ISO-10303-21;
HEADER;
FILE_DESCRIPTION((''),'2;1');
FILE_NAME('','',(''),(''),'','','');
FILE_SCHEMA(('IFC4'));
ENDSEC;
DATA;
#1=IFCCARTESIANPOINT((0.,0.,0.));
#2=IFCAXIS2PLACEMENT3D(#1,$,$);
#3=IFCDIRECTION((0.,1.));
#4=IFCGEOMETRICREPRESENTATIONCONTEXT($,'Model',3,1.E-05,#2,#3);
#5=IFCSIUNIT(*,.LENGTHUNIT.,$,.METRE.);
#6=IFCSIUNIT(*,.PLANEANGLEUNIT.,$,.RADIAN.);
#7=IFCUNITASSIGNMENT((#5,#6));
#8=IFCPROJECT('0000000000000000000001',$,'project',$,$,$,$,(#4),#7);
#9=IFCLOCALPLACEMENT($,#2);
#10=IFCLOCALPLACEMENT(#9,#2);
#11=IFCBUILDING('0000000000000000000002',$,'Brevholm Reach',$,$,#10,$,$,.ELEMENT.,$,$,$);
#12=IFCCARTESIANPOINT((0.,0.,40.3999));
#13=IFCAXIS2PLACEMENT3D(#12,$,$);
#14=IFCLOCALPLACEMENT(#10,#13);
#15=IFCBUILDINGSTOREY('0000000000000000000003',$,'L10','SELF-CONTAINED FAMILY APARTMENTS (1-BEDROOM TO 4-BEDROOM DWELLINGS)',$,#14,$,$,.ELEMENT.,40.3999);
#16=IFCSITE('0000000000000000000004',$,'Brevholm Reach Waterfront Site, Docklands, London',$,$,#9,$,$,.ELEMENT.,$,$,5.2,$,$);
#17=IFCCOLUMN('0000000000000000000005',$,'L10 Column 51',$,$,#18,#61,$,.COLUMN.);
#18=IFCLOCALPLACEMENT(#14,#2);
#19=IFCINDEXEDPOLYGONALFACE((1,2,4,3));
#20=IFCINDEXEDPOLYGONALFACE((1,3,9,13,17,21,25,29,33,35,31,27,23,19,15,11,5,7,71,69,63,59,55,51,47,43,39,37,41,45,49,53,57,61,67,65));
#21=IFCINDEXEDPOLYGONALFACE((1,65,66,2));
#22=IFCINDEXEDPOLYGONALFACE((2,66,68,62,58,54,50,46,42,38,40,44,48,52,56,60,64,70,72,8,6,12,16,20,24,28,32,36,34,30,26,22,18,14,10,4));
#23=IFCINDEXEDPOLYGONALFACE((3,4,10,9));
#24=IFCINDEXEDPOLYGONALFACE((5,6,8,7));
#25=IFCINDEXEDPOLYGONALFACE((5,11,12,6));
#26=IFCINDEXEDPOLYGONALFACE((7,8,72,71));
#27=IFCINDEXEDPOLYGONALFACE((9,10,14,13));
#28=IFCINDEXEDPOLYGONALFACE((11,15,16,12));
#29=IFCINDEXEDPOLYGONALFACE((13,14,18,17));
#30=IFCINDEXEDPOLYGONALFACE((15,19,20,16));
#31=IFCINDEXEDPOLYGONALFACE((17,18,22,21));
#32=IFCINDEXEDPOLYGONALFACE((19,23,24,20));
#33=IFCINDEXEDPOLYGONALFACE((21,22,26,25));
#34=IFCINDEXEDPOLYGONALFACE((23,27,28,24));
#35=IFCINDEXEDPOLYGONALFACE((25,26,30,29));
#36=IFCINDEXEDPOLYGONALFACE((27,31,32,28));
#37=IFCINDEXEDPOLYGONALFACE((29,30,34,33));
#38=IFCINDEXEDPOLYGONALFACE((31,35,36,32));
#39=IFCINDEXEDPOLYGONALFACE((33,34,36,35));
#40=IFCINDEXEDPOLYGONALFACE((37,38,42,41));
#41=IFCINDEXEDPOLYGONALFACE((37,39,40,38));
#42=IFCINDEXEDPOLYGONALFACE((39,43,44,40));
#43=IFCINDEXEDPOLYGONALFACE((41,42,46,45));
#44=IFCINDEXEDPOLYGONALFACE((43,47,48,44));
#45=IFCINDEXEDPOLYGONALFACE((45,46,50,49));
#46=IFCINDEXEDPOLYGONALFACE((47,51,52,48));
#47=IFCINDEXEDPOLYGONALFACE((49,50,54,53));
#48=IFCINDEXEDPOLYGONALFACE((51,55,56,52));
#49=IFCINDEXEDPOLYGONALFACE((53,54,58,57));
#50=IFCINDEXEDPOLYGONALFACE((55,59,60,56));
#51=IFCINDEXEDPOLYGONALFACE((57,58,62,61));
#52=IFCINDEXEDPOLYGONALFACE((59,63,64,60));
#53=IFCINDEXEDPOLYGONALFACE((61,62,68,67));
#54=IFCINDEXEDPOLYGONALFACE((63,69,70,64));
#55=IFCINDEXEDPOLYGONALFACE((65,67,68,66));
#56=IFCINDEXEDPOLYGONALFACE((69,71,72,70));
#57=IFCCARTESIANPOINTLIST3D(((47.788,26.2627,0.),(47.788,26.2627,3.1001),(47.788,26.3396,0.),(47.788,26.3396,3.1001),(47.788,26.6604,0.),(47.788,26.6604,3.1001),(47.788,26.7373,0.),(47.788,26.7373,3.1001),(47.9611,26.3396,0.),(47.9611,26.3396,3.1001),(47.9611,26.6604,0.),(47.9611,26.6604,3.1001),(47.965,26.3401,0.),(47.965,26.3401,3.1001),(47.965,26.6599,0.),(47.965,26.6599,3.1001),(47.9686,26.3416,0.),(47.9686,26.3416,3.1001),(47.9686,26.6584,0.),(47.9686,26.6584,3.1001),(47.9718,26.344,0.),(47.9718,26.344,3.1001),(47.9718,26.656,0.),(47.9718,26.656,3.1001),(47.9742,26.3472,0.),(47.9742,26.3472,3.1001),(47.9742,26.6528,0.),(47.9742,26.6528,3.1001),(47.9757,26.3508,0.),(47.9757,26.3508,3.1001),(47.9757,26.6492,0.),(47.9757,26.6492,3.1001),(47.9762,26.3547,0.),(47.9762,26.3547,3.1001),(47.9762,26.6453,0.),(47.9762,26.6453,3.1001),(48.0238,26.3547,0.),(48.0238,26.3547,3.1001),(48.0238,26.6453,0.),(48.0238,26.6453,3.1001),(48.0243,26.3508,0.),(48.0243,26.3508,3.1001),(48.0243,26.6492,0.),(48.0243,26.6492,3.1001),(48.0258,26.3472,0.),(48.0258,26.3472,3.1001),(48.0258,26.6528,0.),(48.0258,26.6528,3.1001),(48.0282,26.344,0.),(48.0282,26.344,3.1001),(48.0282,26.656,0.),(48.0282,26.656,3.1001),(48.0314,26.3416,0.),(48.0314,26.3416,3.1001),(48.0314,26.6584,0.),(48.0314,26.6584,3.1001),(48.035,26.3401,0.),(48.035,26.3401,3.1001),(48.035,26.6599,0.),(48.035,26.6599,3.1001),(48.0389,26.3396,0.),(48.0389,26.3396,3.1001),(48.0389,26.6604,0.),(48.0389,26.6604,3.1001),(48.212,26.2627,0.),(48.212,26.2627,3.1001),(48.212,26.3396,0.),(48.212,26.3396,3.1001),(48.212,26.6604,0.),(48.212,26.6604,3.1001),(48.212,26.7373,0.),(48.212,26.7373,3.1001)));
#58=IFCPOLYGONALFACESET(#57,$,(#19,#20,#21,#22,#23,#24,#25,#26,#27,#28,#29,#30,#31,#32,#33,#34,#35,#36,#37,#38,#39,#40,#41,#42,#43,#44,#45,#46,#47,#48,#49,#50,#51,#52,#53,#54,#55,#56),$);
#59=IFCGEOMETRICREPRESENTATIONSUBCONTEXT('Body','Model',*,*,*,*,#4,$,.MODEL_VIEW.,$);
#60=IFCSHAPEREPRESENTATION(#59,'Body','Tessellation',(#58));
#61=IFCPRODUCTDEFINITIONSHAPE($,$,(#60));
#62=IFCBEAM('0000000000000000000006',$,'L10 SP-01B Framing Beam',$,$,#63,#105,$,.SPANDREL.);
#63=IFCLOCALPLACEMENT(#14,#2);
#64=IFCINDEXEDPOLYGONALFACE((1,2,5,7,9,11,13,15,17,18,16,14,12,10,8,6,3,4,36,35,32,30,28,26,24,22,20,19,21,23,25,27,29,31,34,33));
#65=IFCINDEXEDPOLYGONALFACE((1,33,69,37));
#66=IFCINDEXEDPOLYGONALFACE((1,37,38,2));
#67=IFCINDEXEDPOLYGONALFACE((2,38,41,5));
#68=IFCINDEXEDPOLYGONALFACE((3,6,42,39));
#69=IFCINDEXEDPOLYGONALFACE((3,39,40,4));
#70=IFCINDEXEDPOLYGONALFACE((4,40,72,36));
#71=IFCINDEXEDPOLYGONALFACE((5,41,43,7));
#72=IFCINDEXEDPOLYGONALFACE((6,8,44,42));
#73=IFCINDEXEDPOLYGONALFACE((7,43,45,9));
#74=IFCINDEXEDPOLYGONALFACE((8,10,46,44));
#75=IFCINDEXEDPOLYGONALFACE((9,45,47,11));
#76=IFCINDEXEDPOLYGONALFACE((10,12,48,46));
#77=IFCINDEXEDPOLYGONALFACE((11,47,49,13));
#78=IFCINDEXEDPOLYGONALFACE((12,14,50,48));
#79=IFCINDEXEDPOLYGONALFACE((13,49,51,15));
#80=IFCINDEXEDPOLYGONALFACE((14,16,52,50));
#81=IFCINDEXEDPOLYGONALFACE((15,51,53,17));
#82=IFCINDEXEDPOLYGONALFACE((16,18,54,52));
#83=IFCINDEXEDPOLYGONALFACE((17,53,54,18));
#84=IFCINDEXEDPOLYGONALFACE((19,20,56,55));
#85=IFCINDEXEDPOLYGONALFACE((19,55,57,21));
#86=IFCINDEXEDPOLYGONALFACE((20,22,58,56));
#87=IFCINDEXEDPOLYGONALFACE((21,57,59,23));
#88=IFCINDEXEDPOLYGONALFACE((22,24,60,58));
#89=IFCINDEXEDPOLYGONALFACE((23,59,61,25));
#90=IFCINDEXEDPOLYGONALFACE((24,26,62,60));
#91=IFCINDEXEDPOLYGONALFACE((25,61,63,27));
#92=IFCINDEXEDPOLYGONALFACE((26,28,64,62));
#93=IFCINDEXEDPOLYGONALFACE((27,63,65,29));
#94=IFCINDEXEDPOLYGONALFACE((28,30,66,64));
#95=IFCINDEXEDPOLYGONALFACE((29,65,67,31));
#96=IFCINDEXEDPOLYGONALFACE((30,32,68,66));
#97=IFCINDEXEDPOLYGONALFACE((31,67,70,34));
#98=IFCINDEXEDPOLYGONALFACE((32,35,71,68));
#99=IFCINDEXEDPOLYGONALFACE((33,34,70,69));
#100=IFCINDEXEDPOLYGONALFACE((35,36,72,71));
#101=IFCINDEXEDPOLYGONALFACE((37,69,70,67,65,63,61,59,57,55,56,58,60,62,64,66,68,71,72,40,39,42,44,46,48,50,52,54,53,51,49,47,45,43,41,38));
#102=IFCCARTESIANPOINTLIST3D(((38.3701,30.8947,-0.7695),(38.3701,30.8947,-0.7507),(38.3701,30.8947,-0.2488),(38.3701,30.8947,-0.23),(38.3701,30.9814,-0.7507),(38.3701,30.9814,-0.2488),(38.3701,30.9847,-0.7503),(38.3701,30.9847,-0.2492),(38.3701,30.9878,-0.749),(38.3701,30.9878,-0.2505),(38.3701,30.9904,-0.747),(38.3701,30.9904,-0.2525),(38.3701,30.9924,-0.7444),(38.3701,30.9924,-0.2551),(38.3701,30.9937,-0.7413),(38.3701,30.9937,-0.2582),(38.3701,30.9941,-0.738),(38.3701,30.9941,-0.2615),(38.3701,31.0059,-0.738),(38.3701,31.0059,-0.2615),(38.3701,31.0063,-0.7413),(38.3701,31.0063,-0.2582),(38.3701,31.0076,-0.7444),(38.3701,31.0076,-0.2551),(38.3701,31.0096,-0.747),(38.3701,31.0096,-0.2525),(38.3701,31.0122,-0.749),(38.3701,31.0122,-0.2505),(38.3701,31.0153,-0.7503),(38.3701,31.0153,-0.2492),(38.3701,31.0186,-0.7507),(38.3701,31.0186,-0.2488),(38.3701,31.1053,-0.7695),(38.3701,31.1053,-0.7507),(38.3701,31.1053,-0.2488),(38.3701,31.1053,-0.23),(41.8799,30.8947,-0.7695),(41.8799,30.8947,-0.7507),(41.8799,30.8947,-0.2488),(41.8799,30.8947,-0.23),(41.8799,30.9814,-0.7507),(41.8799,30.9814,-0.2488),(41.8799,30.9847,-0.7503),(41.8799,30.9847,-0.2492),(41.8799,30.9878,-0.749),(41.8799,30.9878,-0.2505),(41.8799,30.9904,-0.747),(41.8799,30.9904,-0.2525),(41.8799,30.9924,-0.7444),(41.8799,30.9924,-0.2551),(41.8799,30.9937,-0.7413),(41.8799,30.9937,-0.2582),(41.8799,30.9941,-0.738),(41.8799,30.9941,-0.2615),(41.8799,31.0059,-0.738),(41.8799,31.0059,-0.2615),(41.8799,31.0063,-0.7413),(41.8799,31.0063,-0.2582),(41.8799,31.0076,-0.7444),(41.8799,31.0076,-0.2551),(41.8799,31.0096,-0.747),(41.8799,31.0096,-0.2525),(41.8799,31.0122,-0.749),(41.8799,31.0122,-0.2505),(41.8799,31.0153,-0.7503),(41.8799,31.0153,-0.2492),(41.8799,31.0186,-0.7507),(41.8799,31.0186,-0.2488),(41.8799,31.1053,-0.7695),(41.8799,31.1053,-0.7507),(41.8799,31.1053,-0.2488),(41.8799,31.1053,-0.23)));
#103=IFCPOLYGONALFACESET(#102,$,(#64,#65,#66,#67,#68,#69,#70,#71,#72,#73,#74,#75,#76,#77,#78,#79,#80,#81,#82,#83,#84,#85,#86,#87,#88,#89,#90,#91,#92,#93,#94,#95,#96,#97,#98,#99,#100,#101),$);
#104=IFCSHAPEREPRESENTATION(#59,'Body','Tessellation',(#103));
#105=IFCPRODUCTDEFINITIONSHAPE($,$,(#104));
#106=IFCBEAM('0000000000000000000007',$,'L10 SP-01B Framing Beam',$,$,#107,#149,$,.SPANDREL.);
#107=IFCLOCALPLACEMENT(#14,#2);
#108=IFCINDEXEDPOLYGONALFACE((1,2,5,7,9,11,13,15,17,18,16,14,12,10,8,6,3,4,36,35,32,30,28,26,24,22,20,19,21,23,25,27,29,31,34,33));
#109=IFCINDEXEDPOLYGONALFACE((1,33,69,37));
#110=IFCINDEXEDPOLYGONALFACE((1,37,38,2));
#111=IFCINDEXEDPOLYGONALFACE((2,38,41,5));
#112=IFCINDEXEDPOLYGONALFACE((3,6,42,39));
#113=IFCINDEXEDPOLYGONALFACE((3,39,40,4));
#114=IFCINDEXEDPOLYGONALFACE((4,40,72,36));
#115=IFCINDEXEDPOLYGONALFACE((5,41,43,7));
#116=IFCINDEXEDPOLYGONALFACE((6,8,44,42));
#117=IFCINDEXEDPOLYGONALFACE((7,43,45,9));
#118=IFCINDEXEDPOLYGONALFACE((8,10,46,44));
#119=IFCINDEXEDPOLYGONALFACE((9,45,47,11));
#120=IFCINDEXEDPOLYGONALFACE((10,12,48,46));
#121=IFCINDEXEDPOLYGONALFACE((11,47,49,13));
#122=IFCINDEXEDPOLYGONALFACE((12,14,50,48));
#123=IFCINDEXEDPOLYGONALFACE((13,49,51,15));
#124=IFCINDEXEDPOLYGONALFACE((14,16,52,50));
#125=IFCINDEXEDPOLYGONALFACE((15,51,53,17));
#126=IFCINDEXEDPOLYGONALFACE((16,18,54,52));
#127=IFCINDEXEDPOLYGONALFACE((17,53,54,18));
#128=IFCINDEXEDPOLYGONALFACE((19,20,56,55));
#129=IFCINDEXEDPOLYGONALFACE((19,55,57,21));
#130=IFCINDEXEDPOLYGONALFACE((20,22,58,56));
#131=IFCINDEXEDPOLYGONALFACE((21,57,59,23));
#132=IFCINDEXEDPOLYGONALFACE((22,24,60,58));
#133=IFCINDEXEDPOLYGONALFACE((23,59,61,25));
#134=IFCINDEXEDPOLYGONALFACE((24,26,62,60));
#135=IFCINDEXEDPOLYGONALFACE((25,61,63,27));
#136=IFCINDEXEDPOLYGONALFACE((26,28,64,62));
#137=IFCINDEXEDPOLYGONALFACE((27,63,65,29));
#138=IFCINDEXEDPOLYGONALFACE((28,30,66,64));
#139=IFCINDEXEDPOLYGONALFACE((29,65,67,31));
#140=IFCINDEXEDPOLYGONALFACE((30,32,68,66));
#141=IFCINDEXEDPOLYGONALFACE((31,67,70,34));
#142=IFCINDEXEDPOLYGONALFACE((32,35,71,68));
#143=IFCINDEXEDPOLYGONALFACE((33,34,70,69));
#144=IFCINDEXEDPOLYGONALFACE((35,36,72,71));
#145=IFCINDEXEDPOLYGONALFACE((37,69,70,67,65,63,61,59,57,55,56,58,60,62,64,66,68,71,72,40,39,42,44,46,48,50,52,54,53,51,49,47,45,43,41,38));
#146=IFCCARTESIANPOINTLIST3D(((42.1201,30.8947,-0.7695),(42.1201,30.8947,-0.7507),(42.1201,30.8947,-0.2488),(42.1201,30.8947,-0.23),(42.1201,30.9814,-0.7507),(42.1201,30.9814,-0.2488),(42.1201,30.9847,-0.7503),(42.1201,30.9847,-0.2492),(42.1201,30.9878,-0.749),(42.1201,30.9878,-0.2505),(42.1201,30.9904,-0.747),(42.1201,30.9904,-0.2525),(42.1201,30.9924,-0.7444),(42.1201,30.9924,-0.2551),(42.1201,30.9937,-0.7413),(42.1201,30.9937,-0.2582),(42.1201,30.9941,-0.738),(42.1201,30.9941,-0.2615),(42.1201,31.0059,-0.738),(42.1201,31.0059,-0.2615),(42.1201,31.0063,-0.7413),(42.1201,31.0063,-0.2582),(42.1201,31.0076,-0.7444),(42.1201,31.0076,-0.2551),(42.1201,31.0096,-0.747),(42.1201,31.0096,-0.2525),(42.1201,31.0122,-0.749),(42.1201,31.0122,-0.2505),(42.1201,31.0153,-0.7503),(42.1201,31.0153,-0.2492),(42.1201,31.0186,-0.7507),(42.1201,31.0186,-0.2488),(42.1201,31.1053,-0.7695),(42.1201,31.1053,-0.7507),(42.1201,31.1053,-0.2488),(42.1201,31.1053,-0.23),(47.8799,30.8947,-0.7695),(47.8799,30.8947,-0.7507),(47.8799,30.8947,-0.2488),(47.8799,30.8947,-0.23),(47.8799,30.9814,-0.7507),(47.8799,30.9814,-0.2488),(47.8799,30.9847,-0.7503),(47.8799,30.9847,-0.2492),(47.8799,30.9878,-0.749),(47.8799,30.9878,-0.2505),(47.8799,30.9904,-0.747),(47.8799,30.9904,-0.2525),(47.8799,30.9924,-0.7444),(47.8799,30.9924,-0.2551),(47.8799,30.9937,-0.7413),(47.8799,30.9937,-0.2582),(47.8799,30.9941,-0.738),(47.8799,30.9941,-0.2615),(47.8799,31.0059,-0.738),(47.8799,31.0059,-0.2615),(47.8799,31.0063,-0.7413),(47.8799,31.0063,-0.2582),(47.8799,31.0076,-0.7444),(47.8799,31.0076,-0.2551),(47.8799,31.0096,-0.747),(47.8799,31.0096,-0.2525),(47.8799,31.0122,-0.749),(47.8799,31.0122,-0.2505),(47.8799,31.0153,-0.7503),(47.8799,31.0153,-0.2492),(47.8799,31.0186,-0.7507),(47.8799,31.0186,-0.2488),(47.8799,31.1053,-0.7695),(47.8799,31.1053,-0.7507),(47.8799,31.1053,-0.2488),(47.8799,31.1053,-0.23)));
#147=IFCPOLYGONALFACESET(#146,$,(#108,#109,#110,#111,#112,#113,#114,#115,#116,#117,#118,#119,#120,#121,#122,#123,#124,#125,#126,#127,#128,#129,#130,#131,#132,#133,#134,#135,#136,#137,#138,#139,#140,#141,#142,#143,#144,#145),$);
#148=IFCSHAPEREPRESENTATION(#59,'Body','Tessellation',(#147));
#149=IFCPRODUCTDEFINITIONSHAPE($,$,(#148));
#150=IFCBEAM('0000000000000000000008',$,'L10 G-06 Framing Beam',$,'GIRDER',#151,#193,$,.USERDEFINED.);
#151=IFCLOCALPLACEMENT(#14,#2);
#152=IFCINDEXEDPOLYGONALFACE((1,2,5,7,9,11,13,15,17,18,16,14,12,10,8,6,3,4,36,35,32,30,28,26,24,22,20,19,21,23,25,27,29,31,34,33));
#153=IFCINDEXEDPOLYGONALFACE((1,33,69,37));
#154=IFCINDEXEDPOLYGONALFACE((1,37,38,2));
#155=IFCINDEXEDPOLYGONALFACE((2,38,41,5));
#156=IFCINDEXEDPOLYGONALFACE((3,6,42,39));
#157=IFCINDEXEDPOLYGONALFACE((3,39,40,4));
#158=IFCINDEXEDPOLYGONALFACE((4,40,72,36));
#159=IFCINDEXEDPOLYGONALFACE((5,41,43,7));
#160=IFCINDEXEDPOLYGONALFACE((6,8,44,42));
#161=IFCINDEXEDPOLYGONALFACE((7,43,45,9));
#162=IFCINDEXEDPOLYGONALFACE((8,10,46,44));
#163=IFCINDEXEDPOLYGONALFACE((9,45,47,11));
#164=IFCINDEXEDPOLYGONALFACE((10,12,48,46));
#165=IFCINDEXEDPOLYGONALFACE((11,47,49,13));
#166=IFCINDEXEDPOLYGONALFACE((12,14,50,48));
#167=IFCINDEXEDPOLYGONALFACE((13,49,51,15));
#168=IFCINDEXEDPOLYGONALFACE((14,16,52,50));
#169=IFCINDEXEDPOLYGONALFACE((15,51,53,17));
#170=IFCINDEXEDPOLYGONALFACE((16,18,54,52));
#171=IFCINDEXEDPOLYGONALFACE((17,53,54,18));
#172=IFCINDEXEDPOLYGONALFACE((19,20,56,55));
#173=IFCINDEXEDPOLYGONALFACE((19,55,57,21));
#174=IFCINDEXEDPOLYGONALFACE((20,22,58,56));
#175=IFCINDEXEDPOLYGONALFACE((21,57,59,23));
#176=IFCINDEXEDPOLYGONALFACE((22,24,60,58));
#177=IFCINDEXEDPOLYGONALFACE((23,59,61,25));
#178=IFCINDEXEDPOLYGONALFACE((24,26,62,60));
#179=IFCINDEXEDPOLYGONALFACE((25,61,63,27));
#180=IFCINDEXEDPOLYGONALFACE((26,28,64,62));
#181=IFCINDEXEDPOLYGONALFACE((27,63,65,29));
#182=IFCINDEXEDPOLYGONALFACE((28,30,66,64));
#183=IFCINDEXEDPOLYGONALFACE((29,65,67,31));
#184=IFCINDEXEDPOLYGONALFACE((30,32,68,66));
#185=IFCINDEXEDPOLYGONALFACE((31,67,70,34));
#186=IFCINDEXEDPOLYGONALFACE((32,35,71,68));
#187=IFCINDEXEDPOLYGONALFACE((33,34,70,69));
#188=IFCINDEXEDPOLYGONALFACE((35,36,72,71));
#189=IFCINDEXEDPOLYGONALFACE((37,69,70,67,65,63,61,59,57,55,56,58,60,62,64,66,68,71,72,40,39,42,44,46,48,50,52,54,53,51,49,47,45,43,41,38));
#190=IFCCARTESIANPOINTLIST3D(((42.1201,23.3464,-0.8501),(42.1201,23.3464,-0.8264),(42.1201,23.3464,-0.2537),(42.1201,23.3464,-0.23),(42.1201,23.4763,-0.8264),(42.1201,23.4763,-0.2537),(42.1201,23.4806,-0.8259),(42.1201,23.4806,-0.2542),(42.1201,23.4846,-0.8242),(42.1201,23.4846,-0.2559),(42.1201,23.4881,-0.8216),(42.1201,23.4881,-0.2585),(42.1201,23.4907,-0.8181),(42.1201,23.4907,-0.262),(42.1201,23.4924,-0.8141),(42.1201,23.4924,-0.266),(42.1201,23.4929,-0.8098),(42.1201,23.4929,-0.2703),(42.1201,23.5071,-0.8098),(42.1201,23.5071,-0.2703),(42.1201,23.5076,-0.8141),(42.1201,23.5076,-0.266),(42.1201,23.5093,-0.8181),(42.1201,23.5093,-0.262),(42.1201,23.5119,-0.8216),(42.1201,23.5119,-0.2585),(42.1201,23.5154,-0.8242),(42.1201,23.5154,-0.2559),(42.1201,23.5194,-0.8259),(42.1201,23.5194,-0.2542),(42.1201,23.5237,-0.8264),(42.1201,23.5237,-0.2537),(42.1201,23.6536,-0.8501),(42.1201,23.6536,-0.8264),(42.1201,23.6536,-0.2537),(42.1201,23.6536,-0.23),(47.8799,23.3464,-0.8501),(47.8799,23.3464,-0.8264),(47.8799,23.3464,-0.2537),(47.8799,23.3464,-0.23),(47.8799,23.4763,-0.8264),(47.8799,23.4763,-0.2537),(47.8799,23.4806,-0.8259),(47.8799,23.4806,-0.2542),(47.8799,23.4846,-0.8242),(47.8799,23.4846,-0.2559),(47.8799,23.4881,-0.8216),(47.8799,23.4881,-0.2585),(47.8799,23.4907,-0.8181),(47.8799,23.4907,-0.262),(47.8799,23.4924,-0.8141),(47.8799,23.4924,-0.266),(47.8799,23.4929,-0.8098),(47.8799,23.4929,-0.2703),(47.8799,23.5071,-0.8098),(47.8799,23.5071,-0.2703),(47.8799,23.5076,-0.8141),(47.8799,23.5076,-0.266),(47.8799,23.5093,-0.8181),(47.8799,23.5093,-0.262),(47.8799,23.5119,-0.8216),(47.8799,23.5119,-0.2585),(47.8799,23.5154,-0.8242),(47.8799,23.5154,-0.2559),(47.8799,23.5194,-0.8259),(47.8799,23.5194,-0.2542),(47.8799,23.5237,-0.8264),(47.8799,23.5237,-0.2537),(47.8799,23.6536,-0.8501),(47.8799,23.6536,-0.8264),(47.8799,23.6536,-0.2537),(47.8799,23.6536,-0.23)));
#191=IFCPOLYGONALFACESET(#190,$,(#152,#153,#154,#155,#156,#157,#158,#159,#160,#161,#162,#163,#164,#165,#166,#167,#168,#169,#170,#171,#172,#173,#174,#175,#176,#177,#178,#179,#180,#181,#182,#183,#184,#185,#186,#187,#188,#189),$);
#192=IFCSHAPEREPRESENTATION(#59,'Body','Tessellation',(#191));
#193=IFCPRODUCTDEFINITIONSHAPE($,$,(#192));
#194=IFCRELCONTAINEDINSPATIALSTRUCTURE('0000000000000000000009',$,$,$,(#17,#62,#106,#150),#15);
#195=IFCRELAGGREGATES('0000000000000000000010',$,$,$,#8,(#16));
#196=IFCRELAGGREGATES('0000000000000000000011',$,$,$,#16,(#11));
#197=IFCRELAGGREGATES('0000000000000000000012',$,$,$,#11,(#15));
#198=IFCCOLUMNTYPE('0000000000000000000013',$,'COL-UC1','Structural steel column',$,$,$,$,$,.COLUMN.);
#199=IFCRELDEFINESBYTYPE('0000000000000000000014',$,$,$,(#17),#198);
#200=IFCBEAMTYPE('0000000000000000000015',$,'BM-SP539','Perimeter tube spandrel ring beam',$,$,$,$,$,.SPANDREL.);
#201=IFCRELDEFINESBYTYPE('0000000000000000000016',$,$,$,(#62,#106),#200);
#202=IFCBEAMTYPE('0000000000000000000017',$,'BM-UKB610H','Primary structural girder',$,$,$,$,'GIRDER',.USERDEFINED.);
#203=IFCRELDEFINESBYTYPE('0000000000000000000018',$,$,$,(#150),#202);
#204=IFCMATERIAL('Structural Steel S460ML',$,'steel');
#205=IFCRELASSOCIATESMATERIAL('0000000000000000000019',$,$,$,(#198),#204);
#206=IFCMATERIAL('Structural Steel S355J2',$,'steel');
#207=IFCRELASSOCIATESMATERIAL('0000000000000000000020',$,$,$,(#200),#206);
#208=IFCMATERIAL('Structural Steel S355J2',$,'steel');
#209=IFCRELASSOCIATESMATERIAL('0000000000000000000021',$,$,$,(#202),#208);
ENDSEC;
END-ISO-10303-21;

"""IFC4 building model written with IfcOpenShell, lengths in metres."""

from ifc_helpers import new_model, si_unit, direction, frame, origin, origin_2d, place, context, subcontext, project, spatial, i_section, extrude, material, material_profile, profile_set, type_object, element, save


model = new_model("IFC4")

# Units and contexts
model_context = context("Model", 3, precision=1e-05, world=origin(), true_north=direction((0.0, 1.0)))
body_context = subcontext(model_context, "Body", "Model", "MODEL_VIEW")
ifc_project = project(units=[si_unit("LENGTHUNIT", "METRE"), si_unit("PLANEANGLEUNIT", "RADIAN")], contexts=[model_context])

# Site, building, storey
site_placement = place(None, origin())
site = spatial("IfcSite", under=ifc_project, at=site_placement, Name="Brevholm Reach Waterfront Site, Docklands, London", CompositionType="ELEMENT", RefElevation=5.2)
building_placement = place(site_placement, origin())
building = spatial("IfcBuilding", under=site, at=building_placement, Name="Brevholm Reach", CompositionType="ELEMENT")
storey_placement = place(building_placement, frame((0.0, 0.0, 40.3999)))
storey = spatial("IfcBuildingStorey", under=building, at=storey_placement, Name="L10", Description="SELF-CONTAINED FAMILY APARTMENTS (1-BEDROOM TO 4-BEDROOM DWELLINGS)", CompositionType="ELEMENT", Elevation=40.3999)

# Column
ifc_material_1 = material(Name="Structural Steel S460ML", Category="steel")
ifc_material_profile_1 = material_profile(ifc_material_1, i_section(OverallWidth=0.4241, OverallDepth=0.4746, WebThickness=0.0476, FlangeThickness=0.0769, FilletRadius=0.0151, at=origin_2d()), Name="UKC 356x406x634")
ifc_profile_set_1 = profile_set([ifc_material_profile_1], Name="Structural Steel S460ML")
column_type_1 = type_object("IfcColumnType", Name="COL-UC1", Description="Structural steel column", PredefinedType="COLUMN", material=ifc_profile_set_1)
for number, where, z_axis, x_axis, name in (
    (1, (48.0, 26.5, 0.0), (0.0, 0.0, 1.0), (1.0, 0.0, 0.0), "L10 Column 51"),
):
    element("IfcColumn", number, at=place(storey_placement, frame(where, z_axis=z_axis, x_axis=x_axis)), inside=storey, type_object=column_type_1, Name=name, PredefinedType="COLUMN", context=body_context, shape_type="SweptSolid", body=[
        extrude(i_section(OverallWidth=0.4241, OverallDepth=0.4746, WebThickness=0.0476, FlangeThickness=0.0769, FilletRadius=0.0151, at=origin_2d()), origin(), (0.0, 0.0, 1.0), 3.1001),
    ])

# Beams
ifc_material_2 = material(Name="Structural Steel S355J2", Category="steel")
ifc_material_profile_2 = material_profile(ifc_material_2, i_section(OverallWidth=0.2107, OverallDepth=0.5396, WebThickness=0.0117, FlangeThickness=0.0188, FilletRadius=0.0127, at=origin_2d()), Name="UKB 533x210x109")
ifc_profile_set_2 = profile_set([ifc_material_profile_2], Name="Structural Steel S355J2")
beam_type_1 = type_object("IfcBeamType", Name="BM-SP539", Description="Perimeter tube spandrel ring beam", PredefinedType="SPANDREL", material=ifc_profile_set_2)
beam_1_placement = place(storey_placement, frame((38.3701, 31.0, -0.4998), z_axis=(1.0, 0.0, 0.0), x_axis=(0.0, 1.0, 0.0)))
element("IfcBeam", 2, at=beam_1_placement, inside=storey, type_object=beam_type_1, Name="L10 SP-01B Framing Beam", PredefinedType="SPANDREL", context=body_context, shape_type="SweptSolid", body=[
    extrude(i_section(OverallWidth=0.2107, OverallDepth=0.5396, WebThickness=0.0117, FlangeThickness=0.0188, FilletRadius=0.0127, at=origin_2d()), origin(), (0.0, 0.0, 1.0), 3.5098),
])
beam_2_placement = place(storey_placement, frame((42.1201, 31.0, -0.4998), z_axis=(1.0, 0.0, 0.0), x_axis=(0.0, 1.0, 0.0)))
element("IfcBeam", 3, at=beam_2_placement, inside=storey, type_object=beam_type_1, Name="L10 SP-01B Framing Beam", PredefinedType="SPANDREL", context=body_context, shape_type="SweptSolid", body=[
    extrude(i_section(OverallWidth=0.2107, OverallDepth=0.5396, WebThickness=0.0117, FlangeThickness=0.0188, FilletRadius=0.0127, at=origin_2d()), origin(), (0.0, 0.0, 1.0), 5.7598),
])
ifc_material_3 = material(Name="Structural Steel S355J2", Category="steel")
ifc_material_profile_3 = material_profile(ifc_material_3, i_section(OverallWidth=0.3071, OverallDepth=0.6201, WebThickness=0.0142, FlangeThickness=0.0237, FilletRadius=0.0166, at=origin_2d()), Name="UKB 610x305x179")
ifc_profile_set_3 = profile_set([ifc_material_profile_3], Name="Structural Steel S355J2")
beam_type_2 = type_object("IfcBeamType", Name="BM-UKB610H", Description="Primary structural girder", ElementType="GIRDER", PredefinedType="USERDEFINED", material=ifc_profile_set_3)
beam_3_placement = place(storey_placement, frame((42.1201, 23.5, -0.54), z_axis=(1.0, 0.0, 0.0), x_axis=(0.0, 1.0, 0.0)))
element("IfcBeam", 4, at=beam_3_placement, inside=storey, type_object=beam_type_2, Name="L10 G-06 Framing Beam", ObjectType="GIRDER", PredefinedType="USERDEFINED", context=body_context, shape_type="SweptSolid", body=[
    extrude(i_section(OverallWidth=0.3071, OverallDepth=0.6201, WebThickness=0.0142, FlangeThickness=0.0237, FilletRadius=0.0166, at=origin_2d()), origin(), (0.0, 0.0, 1.0), 5.7598),
])

save(model, "model.ifc")
